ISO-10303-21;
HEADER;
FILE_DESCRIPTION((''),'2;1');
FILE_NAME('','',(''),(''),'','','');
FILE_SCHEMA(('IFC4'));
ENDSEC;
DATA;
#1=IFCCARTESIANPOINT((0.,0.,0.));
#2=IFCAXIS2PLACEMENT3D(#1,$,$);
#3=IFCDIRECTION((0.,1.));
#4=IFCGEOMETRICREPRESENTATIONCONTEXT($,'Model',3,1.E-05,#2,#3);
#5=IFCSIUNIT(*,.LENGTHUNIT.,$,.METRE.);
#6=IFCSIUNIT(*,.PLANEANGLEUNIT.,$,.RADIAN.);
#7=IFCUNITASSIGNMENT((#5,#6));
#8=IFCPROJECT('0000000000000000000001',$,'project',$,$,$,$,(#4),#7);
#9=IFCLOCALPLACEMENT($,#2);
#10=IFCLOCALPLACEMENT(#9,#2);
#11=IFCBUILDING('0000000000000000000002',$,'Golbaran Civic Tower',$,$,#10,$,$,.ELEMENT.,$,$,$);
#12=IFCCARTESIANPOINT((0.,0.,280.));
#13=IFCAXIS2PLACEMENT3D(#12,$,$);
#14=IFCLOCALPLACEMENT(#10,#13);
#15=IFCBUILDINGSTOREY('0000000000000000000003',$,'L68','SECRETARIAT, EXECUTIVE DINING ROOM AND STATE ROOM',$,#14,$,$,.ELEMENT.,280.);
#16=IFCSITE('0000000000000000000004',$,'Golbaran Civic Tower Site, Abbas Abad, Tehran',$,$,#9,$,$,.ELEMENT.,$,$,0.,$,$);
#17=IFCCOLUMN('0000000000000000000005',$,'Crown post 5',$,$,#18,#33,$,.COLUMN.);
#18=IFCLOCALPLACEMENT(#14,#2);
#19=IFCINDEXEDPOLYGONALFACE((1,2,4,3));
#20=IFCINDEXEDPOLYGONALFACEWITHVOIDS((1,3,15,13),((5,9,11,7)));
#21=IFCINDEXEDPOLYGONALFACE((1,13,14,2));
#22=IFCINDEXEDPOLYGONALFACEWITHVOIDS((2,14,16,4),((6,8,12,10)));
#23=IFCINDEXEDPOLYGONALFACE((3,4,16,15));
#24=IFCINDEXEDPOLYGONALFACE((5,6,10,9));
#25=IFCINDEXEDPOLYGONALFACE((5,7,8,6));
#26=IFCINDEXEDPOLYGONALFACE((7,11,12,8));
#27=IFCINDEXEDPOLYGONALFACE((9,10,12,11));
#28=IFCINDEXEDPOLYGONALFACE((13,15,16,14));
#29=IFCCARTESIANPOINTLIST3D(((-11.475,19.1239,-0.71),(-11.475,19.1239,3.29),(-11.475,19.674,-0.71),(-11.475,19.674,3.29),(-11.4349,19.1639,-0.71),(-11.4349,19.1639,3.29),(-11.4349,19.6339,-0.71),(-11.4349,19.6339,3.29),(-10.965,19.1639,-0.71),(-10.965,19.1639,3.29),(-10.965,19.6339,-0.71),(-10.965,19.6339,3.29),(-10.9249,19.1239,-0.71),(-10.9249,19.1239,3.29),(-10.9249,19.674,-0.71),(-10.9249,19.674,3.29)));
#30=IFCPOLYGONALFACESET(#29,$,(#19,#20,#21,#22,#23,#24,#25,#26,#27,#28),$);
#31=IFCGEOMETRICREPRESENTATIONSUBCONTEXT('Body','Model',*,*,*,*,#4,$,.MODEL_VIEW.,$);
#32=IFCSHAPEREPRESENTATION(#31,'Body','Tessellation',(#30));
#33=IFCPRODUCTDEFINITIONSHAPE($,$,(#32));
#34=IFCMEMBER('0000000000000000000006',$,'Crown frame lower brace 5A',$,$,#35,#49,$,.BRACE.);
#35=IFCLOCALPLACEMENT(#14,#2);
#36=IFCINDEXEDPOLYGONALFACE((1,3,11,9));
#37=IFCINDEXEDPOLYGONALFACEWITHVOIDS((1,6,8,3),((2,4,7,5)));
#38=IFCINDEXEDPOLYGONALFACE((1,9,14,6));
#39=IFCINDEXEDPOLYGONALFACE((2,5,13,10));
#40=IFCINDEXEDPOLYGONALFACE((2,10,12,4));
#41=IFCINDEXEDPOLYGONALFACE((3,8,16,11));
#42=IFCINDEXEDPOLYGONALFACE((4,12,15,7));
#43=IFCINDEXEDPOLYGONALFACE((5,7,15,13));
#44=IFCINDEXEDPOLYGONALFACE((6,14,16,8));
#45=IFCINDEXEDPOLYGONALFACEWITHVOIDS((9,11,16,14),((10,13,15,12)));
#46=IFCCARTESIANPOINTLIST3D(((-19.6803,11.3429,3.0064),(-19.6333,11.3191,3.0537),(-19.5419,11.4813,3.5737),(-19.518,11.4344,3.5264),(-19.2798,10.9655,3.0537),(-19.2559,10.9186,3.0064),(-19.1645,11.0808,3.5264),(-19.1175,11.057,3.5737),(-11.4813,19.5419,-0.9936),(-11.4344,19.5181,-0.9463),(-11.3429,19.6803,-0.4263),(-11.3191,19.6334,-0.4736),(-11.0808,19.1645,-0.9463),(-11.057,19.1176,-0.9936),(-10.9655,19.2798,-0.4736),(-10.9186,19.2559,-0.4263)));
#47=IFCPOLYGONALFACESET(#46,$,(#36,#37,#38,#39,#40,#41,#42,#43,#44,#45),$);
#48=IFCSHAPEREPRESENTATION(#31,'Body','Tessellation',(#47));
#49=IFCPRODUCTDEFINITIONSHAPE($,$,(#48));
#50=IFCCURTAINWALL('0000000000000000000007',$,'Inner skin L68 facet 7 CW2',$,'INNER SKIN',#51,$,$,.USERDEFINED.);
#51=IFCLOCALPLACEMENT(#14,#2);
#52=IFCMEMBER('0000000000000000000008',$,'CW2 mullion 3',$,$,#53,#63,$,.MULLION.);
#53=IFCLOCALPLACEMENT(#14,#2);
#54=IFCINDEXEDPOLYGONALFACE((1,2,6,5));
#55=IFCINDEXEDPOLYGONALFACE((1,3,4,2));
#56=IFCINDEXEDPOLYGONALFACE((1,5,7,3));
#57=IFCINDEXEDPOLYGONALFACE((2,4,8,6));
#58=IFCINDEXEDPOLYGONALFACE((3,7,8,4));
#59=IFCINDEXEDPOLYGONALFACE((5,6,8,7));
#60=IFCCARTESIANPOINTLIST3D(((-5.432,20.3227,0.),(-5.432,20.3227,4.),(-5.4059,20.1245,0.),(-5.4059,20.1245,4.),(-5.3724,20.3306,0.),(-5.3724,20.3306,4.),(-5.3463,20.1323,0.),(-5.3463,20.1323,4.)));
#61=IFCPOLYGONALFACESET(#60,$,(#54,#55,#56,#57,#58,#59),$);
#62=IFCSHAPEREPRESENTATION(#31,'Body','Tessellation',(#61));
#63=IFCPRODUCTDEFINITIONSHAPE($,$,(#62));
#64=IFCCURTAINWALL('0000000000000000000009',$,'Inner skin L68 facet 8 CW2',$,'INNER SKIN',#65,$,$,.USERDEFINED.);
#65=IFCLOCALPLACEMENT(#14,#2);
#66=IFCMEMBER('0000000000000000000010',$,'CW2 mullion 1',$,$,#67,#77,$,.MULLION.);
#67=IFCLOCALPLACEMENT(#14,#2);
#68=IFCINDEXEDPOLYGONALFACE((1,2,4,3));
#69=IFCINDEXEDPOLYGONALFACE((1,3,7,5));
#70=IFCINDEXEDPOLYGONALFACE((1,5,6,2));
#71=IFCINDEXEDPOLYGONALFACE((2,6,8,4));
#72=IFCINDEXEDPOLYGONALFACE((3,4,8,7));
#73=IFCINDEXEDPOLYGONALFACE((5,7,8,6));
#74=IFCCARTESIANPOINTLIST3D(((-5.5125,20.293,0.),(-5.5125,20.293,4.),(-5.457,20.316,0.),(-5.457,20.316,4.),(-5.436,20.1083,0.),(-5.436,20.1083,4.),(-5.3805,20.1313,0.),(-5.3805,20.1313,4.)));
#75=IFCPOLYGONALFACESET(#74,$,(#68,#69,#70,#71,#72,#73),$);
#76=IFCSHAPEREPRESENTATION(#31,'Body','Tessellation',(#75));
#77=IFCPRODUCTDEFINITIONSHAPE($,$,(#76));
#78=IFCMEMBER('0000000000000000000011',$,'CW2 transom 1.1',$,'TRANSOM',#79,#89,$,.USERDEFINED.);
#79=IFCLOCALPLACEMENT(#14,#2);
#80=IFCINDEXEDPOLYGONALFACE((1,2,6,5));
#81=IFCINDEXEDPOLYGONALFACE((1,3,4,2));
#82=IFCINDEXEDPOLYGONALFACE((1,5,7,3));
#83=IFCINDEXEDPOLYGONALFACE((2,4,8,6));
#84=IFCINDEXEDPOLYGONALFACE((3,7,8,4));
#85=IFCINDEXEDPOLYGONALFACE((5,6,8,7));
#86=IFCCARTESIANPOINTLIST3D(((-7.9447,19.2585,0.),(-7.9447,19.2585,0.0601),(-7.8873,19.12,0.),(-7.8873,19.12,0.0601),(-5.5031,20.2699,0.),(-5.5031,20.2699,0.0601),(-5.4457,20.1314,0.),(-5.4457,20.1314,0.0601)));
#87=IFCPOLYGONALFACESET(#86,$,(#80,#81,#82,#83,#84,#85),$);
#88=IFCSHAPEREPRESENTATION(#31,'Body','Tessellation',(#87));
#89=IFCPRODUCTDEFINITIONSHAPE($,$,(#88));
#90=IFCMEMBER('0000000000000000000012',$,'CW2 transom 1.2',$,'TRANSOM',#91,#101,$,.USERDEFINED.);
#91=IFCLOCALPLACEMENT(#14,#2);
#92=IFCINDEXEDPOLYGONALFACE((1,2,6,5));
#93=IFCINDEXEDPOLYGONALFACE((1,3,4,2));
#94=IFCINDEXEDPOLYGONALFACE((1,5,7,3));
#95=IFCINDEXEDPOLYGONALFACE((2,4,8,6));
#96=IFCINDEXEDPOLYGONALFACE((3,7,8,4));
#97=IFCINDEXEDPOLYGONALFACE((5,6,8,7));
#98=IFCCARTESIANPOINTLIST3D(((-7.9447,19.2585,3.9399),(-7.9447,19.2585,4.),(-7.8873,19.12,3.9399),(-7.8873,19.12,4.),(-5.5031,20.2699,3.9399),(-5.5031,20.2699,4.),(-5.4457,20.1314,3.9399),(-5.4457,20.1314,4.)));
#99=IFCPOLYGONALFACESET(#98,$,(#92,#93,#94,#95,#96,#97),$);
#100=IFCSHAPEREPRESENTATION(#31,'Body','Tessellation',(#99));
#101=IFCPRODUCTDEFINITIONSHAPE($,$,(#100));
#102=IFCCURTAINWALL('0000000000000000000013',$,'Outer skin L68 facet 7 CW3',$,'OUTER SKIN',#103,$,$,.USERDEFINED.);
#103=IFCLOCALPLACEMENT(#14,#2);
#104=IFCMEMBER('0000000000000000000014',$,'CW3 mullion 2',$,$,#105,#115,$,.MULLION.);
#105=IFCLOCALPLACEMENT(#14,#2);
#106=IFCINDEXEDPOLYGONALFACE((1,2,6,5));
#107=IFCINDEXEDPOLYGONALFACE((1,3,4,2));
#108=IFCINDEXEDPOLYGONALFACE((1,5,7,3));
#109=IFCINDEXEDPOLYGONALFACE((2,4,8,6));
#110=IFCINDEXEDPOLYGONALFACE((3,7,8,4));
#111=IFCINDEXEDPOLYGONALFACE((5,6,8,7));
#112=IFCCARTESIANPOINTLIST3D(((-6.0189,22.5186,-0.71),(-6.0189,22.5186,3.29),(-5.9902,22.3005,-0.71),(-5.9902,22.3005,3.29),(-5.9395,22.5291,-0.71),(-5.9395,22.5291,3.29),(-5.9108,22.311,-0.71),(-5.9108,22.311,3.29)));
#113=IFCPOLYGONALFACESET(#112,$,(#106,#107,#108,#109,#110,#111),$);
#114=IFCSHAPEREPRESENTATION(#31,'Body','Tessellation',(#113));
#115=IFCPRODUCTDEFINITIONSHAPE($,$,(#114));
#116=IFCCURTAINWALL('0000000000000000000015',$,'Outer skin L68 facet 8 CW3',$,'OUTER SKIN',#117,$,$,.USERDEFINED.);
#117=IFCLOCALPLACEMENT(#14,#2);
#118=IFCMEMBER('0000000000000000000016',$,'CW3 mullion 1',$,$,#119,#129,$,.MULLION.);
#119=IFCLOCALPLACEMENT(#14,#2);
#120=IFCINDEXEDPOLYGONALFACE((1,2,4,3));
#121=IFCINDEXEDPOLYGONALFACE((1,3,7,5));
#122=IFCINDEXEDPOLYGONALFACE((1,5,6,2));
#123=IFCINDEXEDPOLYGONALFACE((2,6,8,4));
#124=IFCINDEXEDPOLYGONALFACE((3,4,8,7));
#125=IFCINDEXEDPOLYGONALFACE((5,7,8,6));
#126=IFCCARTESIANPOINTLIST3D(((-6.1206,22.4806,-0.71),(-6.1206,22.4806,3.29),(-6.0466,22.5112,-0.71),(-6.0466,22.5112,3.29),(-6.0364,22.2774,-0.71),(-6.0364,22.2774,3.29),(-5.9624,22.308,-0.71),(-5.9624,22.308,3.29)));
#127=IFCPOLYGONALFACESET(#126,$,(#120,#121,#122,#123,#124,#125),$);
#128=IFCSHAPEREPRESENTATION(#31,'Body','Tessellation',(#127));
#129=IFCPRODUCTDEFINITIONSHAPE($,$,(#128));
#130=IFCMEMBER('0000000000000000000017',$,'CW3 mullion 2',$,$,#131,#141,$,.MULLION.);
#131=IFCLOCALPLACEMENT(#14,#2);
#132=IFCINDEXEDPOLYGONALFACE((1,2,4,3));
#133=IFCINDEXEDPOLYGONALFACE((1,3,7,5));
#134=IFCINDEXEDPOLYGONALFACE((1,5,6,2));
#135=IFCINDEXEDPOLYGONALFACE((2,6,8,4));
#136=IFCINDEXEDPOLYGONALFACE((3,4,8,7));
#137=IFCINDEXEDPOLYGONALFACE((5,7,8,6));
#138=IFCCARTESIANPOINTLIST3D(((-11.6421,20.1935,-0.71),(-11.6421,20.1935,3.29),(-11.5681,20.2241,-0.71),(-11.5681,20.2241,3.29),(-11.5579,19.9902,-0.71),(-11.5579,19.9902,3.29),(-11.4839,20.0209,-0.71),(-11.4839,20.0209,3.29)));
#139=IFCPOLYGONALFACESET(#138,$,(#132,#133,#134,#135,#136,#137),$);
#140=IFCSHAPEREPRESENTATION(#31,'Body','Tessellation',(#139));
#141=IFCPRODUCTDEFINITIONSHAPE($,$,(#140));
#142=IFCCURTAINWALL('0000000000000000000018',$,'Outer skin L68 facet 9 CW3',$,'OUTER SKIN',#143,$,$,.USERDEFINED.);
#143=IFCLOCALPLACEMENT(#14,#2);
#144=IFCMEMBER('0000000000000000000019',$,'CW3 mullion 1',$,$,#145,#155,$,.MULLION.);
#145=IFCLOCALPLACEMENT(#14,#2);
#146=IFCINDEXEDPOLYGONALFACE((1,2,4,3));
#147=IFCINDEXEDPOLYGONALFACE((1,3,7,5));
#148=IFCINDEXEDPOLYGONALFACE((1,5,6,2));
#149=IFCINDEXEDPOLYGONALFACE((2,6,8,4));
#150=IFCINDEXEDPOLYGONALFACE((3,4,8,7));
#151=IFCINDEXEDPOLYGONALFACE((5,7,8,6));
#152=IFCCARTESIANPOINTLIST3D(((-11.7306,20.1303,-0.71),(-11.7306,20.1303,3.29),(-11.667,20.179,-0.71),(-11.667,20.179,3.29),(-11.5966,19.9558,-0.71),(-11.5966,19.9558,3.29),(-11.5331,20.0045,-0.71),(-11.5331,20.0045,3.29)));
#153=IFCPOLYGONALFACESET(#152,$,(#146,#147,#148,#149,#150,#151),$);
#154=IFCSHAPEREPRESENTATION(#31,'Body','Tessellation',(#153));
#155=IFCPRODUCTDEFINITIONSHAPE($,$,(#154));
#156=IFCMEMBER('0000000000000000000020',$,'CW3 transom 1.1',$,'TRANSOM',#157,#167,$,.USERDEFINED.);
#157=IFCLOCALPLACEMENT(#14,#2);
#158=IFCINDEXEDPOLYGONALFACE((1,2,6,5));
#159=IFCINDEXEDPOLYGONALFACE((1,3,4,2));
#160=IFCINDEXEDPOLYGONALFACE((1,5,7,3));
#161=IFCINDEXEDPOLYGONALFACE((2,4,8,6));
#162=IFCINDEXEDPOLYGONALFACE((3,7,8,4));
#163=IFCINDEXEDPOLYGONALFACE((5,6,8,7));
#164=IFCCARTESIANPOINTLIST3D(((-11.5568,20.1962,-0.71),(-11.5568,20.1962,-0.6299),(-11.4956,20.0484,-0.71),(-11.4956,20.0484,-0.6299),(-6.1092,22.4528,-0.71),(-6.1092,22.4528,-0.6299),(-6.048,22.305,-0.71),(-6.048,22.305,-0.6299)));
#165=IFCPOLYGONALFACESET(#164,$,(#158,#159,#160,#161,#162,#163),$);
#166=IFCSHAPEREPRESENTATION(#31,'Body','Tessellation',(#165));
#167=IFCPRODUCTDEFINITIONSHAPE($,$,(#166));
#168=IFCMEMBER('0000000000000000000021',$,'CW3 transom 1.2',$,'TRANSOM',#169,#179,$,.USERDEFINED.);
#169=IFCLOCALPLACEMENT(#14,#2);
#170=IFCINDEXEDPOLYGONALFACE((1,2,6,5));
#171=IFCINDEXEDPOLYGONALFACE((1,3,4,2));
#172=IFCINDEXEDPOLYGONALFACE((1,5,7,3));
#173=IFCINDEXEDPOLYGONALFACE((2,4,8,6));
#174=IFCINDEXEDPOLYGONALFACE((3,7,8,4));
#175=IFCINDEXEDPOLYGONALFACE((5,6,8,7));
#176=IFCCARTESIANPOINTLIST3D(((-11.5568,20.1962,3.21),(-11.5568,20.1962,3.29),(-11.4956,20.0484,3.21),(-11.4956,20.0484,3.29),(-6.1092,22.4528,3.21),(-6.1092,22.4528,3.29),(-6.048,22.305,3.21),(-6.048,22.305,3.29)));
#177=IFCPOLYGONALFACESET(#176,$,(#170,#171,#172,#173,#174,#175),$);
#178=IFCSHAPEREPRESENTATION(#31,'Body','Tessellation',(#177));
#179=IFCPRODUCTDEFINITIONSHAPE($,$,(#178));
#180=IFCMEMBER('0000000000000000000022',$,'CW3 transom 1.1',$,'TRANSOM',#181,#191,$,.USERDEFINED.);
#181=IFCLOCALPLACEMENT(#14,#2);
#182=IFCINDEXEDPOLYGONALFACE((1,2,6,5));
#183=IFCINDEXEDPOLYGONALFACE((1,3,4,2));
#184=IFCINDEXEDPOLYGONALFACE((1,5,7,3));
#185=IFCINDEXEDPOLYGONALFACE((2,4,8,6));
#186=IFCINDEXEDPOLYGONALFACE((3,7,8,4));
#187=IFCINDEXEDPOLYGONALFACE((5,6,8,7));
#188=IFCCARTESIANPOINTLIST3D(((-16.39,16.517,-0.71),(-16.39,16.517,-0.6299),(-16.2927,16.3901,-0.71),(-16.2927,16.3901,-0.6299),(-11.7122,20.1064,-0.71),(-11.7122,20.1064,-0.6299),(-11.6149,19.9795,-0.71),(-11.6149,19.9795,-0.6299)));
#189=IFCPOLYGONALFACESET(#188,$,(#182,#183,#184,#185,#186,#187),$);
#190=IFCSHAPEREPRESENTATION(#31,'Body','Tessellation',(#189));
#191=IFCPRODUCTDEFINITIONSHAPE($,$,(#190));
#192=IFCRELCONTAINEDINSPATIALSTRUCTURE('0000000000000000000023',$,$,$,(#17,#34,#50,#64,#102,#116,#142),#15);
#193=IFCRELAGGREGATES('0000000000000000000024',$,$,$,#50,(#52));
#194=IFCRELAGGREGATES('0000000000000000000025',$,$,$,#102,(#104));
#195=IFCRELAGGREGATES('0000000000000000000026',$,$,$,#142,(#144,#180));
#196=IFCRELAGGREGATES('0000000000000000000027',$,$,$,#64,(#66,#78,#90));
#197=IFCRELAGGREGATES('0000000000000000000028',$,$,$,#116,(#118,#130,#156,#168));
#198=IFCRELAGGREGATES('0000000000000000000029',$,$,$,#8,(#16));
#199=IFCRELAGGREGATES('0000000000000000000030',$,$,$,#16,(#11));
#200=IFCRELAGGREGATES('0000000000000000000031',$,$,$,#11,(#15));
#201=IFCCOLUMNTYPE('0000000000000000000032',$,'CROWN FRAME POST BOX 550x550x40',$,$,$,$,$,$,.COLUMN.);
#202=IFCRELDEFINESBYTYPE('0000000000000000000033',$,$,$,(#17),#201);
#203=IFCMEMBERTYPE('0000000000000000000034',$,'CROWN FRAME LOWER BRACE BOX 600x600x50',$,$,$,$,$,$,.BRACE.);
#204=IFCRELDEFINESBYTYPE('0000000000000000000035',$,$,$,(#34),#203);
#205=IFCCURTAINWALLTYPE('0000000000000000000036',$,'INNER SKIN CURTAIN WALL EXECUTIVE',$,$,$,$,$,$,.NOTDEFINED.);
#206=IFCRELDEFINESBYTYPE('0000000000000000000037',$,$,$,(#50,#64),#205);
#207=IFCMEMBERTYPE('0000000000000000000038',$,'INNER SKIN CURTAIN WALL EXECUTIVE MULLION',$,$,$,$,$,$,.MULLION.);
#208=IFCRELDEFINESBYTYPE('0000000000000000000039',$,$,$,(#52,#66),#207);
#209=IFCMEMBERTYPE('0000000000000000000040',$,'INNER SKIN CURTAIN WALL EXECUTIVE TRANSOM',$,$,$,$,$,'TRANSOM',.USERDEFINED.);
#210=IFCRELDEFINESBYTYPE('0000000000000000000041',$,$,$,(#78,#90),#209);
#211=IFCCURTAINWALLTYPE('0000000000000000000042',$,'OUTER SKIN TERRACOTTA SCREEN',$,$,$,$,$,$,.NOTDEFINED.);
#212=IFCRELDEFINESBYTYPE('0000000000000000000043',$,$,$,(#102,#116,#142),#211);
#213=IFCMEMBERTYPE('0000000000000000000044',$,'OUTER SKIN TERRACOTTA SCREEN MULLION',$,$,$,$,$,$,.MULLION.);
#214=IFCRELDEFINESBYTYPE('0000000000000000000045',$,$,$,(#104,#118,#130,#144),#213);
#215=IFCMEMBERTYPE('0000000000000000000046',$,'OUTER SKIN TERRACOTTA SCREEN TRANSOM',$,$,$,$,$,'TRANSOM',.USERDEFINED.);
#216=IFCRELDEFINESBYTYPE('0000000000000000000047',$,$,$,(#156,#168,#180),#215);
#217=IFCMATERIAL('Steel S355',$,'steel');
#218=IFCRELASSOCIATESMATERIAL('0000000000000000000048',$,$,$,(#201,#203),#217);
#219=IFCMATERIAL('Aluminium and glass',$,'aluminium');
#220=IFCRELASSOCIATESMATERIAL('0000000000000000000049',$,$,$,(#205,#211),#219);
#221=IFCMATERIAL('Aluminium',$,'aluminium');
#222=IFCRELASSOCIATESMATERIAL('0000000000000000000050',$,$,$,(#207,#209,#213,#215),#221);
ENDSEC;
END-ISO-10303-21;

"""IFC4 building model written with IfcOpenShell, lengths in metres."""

from ifc_helpers import new_model, si_unit, direction, frame, origin, origin_2d, place, context, subcontext, project, spatial, rectangle, hollow_rectangle, extrude, material, material_profile, profile_set, type_object, element, aggregate, save


model = new_model("IFC4")

# Units and contexts
model_context = context("Model", 3, precision=1e-05, world=origin(), true_north=direction((0.0, 1.0)))
body_context = subcontext(model_context, "Body", "Model", "MODEL_VIEW")
ifc_project = project(units=[si_unit("LENGTHUNIT", "METRE"), si_unit("PLANEANGLEUNIT", "RADIAN")], contexts=[model_context])

# Site, building, storey
site_placement = place(None, origin())
site = spatial("IfcSite", under=ifc_project, at=site_placement, Name="Golbaran Civic Tower Site, Abbas Abad, Tehran", CompositionType="ELEMENT", RefElevation=0.0)
building_placement = place(site_placement, origin())
building = spatial("IfcBuilding", under=site, at=building_placement, Name="Golbaran Civic Tower", CompositionType="ELEMENT")
storey_placement = place(building_placement, frame((0.0, 0.0, 280.0)))
storey = spatial("IfcBuildingStorey", under=building, at=storey_placement, Name="L68", Description="SECRETARIAT, EXECUTIVE DINING ROOM AND STATE ROOM", CompositionType="ELEMENT", Elevation=280.0)

# Column
ifc_material_1 = material(Name="Steel S355", Category="steel")
ifc_material_profile_1 = material_profile(ifc_material_1, hollow_rectangle(XDim=0.55, YDim=0.55, WallThickness=0.04, at=origin_2d()), Name="BOX 550x550x40")
ifc_profile_set_1 = profile_set([ifc_material_profile_1], Name="Steel S355")
column_type = type_object("IfcColumnType", Name="CROWN FRAME POST BOX 550x550x40", PredefinedType="COLUMN", material=ifc_profile_set_1)
column_placement = place(storey_placement, frame((-11.2, 19.3989, -0.71), z_axis=(0.0, 0.0, 1.0), x_axis=(1.0, 0.0, 0.0)))
element("IfcColumn", 1, at=column_placement, inside=storey, type_object=column_type, Name="Crown post 5", PredefinedType="COLUMN", context=body_context, shape_type="SweptSolid", body=[
    extrude(hollow_rectangle(XDim=0.55, YDim=0.55, WallThickness=0.04, at=origin_2d()), origin(), (0.0, 0.0, 1.0), 4.0),
])

# Member
ifc_material_profile_2 = material_profile(ifc_material_1, hollow_rectangle(XDim=0.6001, YDim=0.6001, WallThickness=0.05, at=origin_2d()), Name="BOX 600x600x50")
ifc_profile_set_2 = profile_set([ifc_material_profile_2], Name="Steel S355")
member_type_1 = type_object("IfcMemberType", Name="CROWN FRAME LOWER BRACE BOX 600x600x50", PredefinedType="BRACE", material=ifc_profile_set_2)
member_1_placement = place(storey_placement, frame((-11.2, 19.3989, -0.71), z_axis=(-0.66845, -0.66845, 0.326114), x_axis=(0.707107, -0.707107, 0.0)))
element("IfcMember", 2, at=member_1_placement, inside=storey, type_object=member_type_1, Name="Crown frame lower brace 5A", PredefinedType="BRACE", context=body_context, shape_type="SweptSolid", body=[
    extrude(hollow_rectangle(XDim=0.6001, YDim=0.6001, WallThickness=0.05, at=origin_2d()), origin(), (0.0, 0.0, 1.0), 12.2656),
])

# Curtain wall, member
ifc_material_2 = material(Name="Aluminium and glass", Category="aluminium")
curtain_wall_type_1 = type_object("IfcCurtainWallType", Name="INNER SKIN CURTAIN WALL EXECUTIVE", PredefinedType="NOTDEFINED", material=ifc_material_2)
curtain_wall_1_placement = place(storey_placement, origin())
curtain_wall_1 = element("IfcCurtainWall", 3, at=curtain_wall_1_placement, inside=storey, type_object=curtain_wall_type_1, Name="Inner skin L68 facet 7 CW2", ObjectType="INNER SKIN", PredefinedType="USERDEFINED")
ifc_material_3 = material(Name="Aluminium", Category="aluminium")
ifc_material_profile_3 = material_profile(ifc_material_3, rectangle(XDim=0.2, YDim=0.0601, at=origin_2d()), Name="INNER SKIN CURTAIN WALL EXECUTIVE MULLION")
ifc_profile_set_3 = profile_set([ifc_material_profile_3], Name="Aluminium")
member_type_2 = type_object("IfcMemberType", Name="INNER SKIN CURTAIN WALL EXECUTIVE MULLION", PredefinedType="MULLION", material=ifc_profile_set_3)
member_2_placement = place(storey_placement, frame((-5.3892, 20.2275, 0.0), z_axis=(0.0, 0.0, 1.0), x_axis=(0.130526, -0.991445, 0.0)))
member_2 = element("IfcMember", 4, at=member_2_placement, type_object=member_type_2, Name="CW2 mullion 3", PredefinedType="MULLION", context=body_context, shape_type="SweptSolid", body=[
    extrude(rectangle(XDim=0.2, YDim=0.0601, at=origin_2d()), origin(), (0.0, 0.0, 1.0), 4.0),
])
aggregate(curtain_wall_1, [member_2])

# Curtain wall, members
curtain_wall_2_placement = place(storey_placement, origin())
curtain_wall_2 = element("IfcCurtainWall", 5, at=curtain_wall_2_placement, inside=storey, type_object=curtain_wall_type_1, Name="Inner skin L68 facet 8 CW2", ObjectType="INNER SKIN", PredefinedType="USERDEFINED")
member_3_placement = place(storey_placement, frame((-5.4465, 20.2122, 0.0), z_axis=(0.0, 0.0, 1.0), x_axis=(0.382683, -0.92388, 0.0)))
member_3 = element("IfcMember", 6, at=member_3_placement, type_object=member_type_2, Name="CW2 mullion 1", PredefinedType="MULLION", context=body_context, shape_type="SweptSolid", body=[
    extrude(rectangle(XDim=0.2, YDim=0.0601, at=origin_2d()), origin(), (0.0, 0.0, 1.0), 4.0),
])
ifc_material_profile_4 = material_profile(ifc_material_3, rectangle(XDim=0.1499, YDim=0.0601, at=origin_2d()), Name="INNER SKIN CURTAIN WALL EXECUTIVE TRANSOM")
ifc_profile_set_4 = profile_set([ifc_material_profile_4], Name="Aluminium")
member_type_3 = type_object("IfcMemberType", Name="INNER SKIN CURTAIN WALL EXECUTIVE TRANSOM", ElementType="TRANSOM", PredefinedType="USERDEFINED", material=ifc_profile_set_4)
member_4_placement = place(storey_placement, frame((-5.4744, 20.2007, 0.03), z_axis=(-0.923865, -0.382719, 0.0), x_axis=(0.382719, -0.923865, 0.0)))
member_4 = element("IfcMember", 7, at=member_4_placement, type_object=member_type_3, Name="CW2 transom 1.1", ObjectType="TRANSOM", PredefinedType="USERDEFINED", context=body_context, shape_type="SweptSolid", body=[
    extrude(rectangle(XDim=0.1499, YDim=0.0601, at=origin_2d()), origin(), (0.0, 0.0, 1.0), 2.6428),
])
member_5_placement = place(storey_placement, frame((-5.4744, 20.2007, 3.97), z_axis=(-0.923865, -0.382719, 0.0), x_axis=(0.382719, -0.923865, 0.0)))
member_5 = element("IfcMember", 8, at=member_5_placement, type_object=member_type_3, Name="CW2 transom 1.2", ObjectType="TRANSOM", PredefinedType="USERDEFINED", context=body_context, shape_type="SweptSolid", body=[
    extrude(rectangle(XDim=0.1499, YDim=0.0601, at=origin_2d()), origin(), (0.0, 0.0, 1.0), 2.6428),
])

# Curtain wall, member
curtain_wall_type_2 = type_object("IfcCurtainWallType", Name="OUTER SKIN TERRACOTTA SCREEN", PredefinedType="NOTDEFINED", material=ifc_material_2)
curtain_wall_3_placement = place(storey_placement, origin())
curtain_wall_3 = element("IfcCurtainWall", 9, at=curtain_wall_3_placement, inside=storey, type_object=curtain_wall_type_2, Name="Outer skin L68 facet 7 CW3", ObjectType="OUTER SKIN", PredefinedType="USERDEFINED")
ifc_material_profile_5 = material_profile(ifc_material_3, rectangle(XDim=0.22, YDim=0.0801, at=origin_2d()), Name="OUTER SKIN TERRACOTTA SCREEN MULLION")
ifc_profile_set_5 = profile_set([ifc_material_profile_5], Name="Aluminium")
member_type_4 = type_object("IfcMemberType", Name="OUTER SKIN TERRACOTTA SCREEN MULLION", PredefinedType="MULLION", material=ifc_profile_set_5)
member_6_placement = place(storey_placement, frame((-5.9648, 22.4148, -0.71), z_axis=(0.0, 0.0, 1.0), x_axis=(0.130526, -0.991445, 0.0)))
member_6 = element("IfcMember", 10, at=member_6_placement, type_object=member_type_4, Name="CW3 mullion 2", PredefinedType="MULLION", context=body_context, shape_type="SweptSolid", body=[
    extrude(rectangle(XDim=0.22, YDim=0.0801, at=origin_2d()), origin(), (0.0, 0.0, 1.0), 4.0),
])
aggregate(curtain_wall_3, [member_6])

# Curtain wall, members
curtain_wall_4_placement = place(storey_placement, origin())
curtain_wall_4 = element("IfcCurtainWall", 11, at=curtain_wall_4_placement, inside=storey, type_object=curtain_wall_type_2, Name="Outer skin L68 facet 8 CW3", ObjectType="OUTER SKIN", PredefinedType="USERDEFINED")
member_7_placement = place(storey_placement, frame((-6.0415, 22.3943, -0.71), z_axis=(0.0, 0.0, 1.0), x_axis=(0.382683, -0.92388, 0.0)))
member_7 = element("IfcMember", 12, at=member_7_placement, type_object=member_type_4, Name="CW3 mullion 1", PredefinedType="MULLION", context=body_context, shape_type="SweptSolid", body=[
    extrude(rectangle(XDim=0.22, YDim=0.0801, at=origin_2d()), origin(), (0.0, 0.0, 1.0), 4.0),
])
member_8_placement = place(storey_placement, frame((-11.563, 20.1072, -0.71), z_axis=(0.0, 0.0, 1.0), x_axis=(0.382683, -0.92388, 0.0)))
member_8 = element("IfcMember", 13, at=member_8_placement, type_object=member_type_4, Name="CW3 mullion 2", PredefinedType="MULLION", context=body_context, shape_type="SweptSolid", body=[
    extrude(rectangle(XDim=0.22, YDim=0.0801, at=origin_2d()), origin(), (0.0, 0.0, 1.0), 4.0),
])

# Curtain wall, member
curtain_wall_5_placement = place(storey_placement, origin())
curtain_wall_5 = element("IfcCurtainWall", 14, at=curtain_wall_5_placement, inside=storey, type_object=curtain_wall_type_2, Name="Outer skin L68 facet 9 CW3", ObjectType="OUTER SKIN", PredefinedType="USERDEFINED")
member_9_placement = place(storey_placement, frame((-11.6318, 20.0674, -0.71), z_axis=(0.0, 0.0, 1.0), x_axis=(0.608761, -0.793353, 0.0)))
member_9 = element("IfcMember", 15, at=member_9_placement, type_object=member_type_4, Name="CW3 mullion 1", PredefinedType="MULLION", context=body_context, shape_type="SweptSolid", body=[
    extrude(rectangle(XDim=0.22, YDim=0.0801, at=origin_2d()), origin(), (0.0, 0.0, 1.0), 4.0),
])

# Members
ifc_material_profile_6 = material_profile(ifc_material_3, rectangle(XDim=0.1599, YDim=0.0801, at=origin_2d()), Name="OUTER SKIN TERRACOTTA SCREEN TRANSOM")
ifc_profile_set_6 = profile_set([ifc_material_profile_6], Name="Aluminium")
member_type_5 = type_object("IfcMemberType", Name="OUTER SKIN TERRACOTTA SCREEN TRANSOM", ElementType="TRANSOM", PredefinedType="USERDEFINED", material=ifc_profile_set_6)
member_10_placement = place(storey_placement, frame((-6.0786, 22.3789, -0.6699), z_axis=(-0.92387, -0.382707, 0.0), x_axis=(0.382707, -0.92387, 0.0)))
member_10 = element("IfcMember", 16, at=member_10_placement, type_object=member_type_5, Name="CW3 transom 1.1", ObjectType="TRANSOM", PredefinedType="USERDEFINED", context=body_context, shape_type="SweptSolid", body=[
    extrude(rectangle(XDim=0.1599, YDim=0.0801, at=origin_2d()), origin(), (0.0, 0.0, 1.0), 5.8965),
])
member_11_placement = place(storey_placement, frame((-6.0786, 22.3789, 3.25), z_axis=(-0.92387, -0.382707, 0.0), x_axis=(0.382707, -0.92387, 0.0)))
member_11 = element("IfcMember", 17, at=member_11_placement, type_object=member_type_5, Name="CW3 transom 1.2", ObjectType="TRANSOM", PredefinedType="USERDEFINED", context=body_context, shape_type="SweptSolid", body=[
    extrude(rectangle(XDim=0.1599, YDim=0.0801, at=origin_2d()), origin(), (0.0, 0.0, 1.0), 5.8965),
])
member_12_placement = place(storey_placement, frame((-11.6636, 20.043, -0.6699), z_axis=(-0.793353, -0.608762, 0.0), x_axis=(0.608762, -0.793353, 0.0)))
member_12 = element("IfcMember", 18, at=member_12_placement, type_object=member_type_5, Name="CW3 transom 1.1", ObjectType="TRANSOM", PredefinedType="USERDEFINED", context=body_context, shape_type="SweptSolid", body=[
    extrude(rectangle(XDim=0.1599, YDim=0.0801, at=origin_2d()), origin(), (0.0, 0.0, 1.0), 5.8962),
])
aggregate(curtain_wall_5, [member_9, member_12])

aggregate(curtain_wall_2, [member_3, member_4, member_5])
aggregate(curtain_wall_4, [member_7, member_8, member_10, member_11])

save(model, "model.ifc")
